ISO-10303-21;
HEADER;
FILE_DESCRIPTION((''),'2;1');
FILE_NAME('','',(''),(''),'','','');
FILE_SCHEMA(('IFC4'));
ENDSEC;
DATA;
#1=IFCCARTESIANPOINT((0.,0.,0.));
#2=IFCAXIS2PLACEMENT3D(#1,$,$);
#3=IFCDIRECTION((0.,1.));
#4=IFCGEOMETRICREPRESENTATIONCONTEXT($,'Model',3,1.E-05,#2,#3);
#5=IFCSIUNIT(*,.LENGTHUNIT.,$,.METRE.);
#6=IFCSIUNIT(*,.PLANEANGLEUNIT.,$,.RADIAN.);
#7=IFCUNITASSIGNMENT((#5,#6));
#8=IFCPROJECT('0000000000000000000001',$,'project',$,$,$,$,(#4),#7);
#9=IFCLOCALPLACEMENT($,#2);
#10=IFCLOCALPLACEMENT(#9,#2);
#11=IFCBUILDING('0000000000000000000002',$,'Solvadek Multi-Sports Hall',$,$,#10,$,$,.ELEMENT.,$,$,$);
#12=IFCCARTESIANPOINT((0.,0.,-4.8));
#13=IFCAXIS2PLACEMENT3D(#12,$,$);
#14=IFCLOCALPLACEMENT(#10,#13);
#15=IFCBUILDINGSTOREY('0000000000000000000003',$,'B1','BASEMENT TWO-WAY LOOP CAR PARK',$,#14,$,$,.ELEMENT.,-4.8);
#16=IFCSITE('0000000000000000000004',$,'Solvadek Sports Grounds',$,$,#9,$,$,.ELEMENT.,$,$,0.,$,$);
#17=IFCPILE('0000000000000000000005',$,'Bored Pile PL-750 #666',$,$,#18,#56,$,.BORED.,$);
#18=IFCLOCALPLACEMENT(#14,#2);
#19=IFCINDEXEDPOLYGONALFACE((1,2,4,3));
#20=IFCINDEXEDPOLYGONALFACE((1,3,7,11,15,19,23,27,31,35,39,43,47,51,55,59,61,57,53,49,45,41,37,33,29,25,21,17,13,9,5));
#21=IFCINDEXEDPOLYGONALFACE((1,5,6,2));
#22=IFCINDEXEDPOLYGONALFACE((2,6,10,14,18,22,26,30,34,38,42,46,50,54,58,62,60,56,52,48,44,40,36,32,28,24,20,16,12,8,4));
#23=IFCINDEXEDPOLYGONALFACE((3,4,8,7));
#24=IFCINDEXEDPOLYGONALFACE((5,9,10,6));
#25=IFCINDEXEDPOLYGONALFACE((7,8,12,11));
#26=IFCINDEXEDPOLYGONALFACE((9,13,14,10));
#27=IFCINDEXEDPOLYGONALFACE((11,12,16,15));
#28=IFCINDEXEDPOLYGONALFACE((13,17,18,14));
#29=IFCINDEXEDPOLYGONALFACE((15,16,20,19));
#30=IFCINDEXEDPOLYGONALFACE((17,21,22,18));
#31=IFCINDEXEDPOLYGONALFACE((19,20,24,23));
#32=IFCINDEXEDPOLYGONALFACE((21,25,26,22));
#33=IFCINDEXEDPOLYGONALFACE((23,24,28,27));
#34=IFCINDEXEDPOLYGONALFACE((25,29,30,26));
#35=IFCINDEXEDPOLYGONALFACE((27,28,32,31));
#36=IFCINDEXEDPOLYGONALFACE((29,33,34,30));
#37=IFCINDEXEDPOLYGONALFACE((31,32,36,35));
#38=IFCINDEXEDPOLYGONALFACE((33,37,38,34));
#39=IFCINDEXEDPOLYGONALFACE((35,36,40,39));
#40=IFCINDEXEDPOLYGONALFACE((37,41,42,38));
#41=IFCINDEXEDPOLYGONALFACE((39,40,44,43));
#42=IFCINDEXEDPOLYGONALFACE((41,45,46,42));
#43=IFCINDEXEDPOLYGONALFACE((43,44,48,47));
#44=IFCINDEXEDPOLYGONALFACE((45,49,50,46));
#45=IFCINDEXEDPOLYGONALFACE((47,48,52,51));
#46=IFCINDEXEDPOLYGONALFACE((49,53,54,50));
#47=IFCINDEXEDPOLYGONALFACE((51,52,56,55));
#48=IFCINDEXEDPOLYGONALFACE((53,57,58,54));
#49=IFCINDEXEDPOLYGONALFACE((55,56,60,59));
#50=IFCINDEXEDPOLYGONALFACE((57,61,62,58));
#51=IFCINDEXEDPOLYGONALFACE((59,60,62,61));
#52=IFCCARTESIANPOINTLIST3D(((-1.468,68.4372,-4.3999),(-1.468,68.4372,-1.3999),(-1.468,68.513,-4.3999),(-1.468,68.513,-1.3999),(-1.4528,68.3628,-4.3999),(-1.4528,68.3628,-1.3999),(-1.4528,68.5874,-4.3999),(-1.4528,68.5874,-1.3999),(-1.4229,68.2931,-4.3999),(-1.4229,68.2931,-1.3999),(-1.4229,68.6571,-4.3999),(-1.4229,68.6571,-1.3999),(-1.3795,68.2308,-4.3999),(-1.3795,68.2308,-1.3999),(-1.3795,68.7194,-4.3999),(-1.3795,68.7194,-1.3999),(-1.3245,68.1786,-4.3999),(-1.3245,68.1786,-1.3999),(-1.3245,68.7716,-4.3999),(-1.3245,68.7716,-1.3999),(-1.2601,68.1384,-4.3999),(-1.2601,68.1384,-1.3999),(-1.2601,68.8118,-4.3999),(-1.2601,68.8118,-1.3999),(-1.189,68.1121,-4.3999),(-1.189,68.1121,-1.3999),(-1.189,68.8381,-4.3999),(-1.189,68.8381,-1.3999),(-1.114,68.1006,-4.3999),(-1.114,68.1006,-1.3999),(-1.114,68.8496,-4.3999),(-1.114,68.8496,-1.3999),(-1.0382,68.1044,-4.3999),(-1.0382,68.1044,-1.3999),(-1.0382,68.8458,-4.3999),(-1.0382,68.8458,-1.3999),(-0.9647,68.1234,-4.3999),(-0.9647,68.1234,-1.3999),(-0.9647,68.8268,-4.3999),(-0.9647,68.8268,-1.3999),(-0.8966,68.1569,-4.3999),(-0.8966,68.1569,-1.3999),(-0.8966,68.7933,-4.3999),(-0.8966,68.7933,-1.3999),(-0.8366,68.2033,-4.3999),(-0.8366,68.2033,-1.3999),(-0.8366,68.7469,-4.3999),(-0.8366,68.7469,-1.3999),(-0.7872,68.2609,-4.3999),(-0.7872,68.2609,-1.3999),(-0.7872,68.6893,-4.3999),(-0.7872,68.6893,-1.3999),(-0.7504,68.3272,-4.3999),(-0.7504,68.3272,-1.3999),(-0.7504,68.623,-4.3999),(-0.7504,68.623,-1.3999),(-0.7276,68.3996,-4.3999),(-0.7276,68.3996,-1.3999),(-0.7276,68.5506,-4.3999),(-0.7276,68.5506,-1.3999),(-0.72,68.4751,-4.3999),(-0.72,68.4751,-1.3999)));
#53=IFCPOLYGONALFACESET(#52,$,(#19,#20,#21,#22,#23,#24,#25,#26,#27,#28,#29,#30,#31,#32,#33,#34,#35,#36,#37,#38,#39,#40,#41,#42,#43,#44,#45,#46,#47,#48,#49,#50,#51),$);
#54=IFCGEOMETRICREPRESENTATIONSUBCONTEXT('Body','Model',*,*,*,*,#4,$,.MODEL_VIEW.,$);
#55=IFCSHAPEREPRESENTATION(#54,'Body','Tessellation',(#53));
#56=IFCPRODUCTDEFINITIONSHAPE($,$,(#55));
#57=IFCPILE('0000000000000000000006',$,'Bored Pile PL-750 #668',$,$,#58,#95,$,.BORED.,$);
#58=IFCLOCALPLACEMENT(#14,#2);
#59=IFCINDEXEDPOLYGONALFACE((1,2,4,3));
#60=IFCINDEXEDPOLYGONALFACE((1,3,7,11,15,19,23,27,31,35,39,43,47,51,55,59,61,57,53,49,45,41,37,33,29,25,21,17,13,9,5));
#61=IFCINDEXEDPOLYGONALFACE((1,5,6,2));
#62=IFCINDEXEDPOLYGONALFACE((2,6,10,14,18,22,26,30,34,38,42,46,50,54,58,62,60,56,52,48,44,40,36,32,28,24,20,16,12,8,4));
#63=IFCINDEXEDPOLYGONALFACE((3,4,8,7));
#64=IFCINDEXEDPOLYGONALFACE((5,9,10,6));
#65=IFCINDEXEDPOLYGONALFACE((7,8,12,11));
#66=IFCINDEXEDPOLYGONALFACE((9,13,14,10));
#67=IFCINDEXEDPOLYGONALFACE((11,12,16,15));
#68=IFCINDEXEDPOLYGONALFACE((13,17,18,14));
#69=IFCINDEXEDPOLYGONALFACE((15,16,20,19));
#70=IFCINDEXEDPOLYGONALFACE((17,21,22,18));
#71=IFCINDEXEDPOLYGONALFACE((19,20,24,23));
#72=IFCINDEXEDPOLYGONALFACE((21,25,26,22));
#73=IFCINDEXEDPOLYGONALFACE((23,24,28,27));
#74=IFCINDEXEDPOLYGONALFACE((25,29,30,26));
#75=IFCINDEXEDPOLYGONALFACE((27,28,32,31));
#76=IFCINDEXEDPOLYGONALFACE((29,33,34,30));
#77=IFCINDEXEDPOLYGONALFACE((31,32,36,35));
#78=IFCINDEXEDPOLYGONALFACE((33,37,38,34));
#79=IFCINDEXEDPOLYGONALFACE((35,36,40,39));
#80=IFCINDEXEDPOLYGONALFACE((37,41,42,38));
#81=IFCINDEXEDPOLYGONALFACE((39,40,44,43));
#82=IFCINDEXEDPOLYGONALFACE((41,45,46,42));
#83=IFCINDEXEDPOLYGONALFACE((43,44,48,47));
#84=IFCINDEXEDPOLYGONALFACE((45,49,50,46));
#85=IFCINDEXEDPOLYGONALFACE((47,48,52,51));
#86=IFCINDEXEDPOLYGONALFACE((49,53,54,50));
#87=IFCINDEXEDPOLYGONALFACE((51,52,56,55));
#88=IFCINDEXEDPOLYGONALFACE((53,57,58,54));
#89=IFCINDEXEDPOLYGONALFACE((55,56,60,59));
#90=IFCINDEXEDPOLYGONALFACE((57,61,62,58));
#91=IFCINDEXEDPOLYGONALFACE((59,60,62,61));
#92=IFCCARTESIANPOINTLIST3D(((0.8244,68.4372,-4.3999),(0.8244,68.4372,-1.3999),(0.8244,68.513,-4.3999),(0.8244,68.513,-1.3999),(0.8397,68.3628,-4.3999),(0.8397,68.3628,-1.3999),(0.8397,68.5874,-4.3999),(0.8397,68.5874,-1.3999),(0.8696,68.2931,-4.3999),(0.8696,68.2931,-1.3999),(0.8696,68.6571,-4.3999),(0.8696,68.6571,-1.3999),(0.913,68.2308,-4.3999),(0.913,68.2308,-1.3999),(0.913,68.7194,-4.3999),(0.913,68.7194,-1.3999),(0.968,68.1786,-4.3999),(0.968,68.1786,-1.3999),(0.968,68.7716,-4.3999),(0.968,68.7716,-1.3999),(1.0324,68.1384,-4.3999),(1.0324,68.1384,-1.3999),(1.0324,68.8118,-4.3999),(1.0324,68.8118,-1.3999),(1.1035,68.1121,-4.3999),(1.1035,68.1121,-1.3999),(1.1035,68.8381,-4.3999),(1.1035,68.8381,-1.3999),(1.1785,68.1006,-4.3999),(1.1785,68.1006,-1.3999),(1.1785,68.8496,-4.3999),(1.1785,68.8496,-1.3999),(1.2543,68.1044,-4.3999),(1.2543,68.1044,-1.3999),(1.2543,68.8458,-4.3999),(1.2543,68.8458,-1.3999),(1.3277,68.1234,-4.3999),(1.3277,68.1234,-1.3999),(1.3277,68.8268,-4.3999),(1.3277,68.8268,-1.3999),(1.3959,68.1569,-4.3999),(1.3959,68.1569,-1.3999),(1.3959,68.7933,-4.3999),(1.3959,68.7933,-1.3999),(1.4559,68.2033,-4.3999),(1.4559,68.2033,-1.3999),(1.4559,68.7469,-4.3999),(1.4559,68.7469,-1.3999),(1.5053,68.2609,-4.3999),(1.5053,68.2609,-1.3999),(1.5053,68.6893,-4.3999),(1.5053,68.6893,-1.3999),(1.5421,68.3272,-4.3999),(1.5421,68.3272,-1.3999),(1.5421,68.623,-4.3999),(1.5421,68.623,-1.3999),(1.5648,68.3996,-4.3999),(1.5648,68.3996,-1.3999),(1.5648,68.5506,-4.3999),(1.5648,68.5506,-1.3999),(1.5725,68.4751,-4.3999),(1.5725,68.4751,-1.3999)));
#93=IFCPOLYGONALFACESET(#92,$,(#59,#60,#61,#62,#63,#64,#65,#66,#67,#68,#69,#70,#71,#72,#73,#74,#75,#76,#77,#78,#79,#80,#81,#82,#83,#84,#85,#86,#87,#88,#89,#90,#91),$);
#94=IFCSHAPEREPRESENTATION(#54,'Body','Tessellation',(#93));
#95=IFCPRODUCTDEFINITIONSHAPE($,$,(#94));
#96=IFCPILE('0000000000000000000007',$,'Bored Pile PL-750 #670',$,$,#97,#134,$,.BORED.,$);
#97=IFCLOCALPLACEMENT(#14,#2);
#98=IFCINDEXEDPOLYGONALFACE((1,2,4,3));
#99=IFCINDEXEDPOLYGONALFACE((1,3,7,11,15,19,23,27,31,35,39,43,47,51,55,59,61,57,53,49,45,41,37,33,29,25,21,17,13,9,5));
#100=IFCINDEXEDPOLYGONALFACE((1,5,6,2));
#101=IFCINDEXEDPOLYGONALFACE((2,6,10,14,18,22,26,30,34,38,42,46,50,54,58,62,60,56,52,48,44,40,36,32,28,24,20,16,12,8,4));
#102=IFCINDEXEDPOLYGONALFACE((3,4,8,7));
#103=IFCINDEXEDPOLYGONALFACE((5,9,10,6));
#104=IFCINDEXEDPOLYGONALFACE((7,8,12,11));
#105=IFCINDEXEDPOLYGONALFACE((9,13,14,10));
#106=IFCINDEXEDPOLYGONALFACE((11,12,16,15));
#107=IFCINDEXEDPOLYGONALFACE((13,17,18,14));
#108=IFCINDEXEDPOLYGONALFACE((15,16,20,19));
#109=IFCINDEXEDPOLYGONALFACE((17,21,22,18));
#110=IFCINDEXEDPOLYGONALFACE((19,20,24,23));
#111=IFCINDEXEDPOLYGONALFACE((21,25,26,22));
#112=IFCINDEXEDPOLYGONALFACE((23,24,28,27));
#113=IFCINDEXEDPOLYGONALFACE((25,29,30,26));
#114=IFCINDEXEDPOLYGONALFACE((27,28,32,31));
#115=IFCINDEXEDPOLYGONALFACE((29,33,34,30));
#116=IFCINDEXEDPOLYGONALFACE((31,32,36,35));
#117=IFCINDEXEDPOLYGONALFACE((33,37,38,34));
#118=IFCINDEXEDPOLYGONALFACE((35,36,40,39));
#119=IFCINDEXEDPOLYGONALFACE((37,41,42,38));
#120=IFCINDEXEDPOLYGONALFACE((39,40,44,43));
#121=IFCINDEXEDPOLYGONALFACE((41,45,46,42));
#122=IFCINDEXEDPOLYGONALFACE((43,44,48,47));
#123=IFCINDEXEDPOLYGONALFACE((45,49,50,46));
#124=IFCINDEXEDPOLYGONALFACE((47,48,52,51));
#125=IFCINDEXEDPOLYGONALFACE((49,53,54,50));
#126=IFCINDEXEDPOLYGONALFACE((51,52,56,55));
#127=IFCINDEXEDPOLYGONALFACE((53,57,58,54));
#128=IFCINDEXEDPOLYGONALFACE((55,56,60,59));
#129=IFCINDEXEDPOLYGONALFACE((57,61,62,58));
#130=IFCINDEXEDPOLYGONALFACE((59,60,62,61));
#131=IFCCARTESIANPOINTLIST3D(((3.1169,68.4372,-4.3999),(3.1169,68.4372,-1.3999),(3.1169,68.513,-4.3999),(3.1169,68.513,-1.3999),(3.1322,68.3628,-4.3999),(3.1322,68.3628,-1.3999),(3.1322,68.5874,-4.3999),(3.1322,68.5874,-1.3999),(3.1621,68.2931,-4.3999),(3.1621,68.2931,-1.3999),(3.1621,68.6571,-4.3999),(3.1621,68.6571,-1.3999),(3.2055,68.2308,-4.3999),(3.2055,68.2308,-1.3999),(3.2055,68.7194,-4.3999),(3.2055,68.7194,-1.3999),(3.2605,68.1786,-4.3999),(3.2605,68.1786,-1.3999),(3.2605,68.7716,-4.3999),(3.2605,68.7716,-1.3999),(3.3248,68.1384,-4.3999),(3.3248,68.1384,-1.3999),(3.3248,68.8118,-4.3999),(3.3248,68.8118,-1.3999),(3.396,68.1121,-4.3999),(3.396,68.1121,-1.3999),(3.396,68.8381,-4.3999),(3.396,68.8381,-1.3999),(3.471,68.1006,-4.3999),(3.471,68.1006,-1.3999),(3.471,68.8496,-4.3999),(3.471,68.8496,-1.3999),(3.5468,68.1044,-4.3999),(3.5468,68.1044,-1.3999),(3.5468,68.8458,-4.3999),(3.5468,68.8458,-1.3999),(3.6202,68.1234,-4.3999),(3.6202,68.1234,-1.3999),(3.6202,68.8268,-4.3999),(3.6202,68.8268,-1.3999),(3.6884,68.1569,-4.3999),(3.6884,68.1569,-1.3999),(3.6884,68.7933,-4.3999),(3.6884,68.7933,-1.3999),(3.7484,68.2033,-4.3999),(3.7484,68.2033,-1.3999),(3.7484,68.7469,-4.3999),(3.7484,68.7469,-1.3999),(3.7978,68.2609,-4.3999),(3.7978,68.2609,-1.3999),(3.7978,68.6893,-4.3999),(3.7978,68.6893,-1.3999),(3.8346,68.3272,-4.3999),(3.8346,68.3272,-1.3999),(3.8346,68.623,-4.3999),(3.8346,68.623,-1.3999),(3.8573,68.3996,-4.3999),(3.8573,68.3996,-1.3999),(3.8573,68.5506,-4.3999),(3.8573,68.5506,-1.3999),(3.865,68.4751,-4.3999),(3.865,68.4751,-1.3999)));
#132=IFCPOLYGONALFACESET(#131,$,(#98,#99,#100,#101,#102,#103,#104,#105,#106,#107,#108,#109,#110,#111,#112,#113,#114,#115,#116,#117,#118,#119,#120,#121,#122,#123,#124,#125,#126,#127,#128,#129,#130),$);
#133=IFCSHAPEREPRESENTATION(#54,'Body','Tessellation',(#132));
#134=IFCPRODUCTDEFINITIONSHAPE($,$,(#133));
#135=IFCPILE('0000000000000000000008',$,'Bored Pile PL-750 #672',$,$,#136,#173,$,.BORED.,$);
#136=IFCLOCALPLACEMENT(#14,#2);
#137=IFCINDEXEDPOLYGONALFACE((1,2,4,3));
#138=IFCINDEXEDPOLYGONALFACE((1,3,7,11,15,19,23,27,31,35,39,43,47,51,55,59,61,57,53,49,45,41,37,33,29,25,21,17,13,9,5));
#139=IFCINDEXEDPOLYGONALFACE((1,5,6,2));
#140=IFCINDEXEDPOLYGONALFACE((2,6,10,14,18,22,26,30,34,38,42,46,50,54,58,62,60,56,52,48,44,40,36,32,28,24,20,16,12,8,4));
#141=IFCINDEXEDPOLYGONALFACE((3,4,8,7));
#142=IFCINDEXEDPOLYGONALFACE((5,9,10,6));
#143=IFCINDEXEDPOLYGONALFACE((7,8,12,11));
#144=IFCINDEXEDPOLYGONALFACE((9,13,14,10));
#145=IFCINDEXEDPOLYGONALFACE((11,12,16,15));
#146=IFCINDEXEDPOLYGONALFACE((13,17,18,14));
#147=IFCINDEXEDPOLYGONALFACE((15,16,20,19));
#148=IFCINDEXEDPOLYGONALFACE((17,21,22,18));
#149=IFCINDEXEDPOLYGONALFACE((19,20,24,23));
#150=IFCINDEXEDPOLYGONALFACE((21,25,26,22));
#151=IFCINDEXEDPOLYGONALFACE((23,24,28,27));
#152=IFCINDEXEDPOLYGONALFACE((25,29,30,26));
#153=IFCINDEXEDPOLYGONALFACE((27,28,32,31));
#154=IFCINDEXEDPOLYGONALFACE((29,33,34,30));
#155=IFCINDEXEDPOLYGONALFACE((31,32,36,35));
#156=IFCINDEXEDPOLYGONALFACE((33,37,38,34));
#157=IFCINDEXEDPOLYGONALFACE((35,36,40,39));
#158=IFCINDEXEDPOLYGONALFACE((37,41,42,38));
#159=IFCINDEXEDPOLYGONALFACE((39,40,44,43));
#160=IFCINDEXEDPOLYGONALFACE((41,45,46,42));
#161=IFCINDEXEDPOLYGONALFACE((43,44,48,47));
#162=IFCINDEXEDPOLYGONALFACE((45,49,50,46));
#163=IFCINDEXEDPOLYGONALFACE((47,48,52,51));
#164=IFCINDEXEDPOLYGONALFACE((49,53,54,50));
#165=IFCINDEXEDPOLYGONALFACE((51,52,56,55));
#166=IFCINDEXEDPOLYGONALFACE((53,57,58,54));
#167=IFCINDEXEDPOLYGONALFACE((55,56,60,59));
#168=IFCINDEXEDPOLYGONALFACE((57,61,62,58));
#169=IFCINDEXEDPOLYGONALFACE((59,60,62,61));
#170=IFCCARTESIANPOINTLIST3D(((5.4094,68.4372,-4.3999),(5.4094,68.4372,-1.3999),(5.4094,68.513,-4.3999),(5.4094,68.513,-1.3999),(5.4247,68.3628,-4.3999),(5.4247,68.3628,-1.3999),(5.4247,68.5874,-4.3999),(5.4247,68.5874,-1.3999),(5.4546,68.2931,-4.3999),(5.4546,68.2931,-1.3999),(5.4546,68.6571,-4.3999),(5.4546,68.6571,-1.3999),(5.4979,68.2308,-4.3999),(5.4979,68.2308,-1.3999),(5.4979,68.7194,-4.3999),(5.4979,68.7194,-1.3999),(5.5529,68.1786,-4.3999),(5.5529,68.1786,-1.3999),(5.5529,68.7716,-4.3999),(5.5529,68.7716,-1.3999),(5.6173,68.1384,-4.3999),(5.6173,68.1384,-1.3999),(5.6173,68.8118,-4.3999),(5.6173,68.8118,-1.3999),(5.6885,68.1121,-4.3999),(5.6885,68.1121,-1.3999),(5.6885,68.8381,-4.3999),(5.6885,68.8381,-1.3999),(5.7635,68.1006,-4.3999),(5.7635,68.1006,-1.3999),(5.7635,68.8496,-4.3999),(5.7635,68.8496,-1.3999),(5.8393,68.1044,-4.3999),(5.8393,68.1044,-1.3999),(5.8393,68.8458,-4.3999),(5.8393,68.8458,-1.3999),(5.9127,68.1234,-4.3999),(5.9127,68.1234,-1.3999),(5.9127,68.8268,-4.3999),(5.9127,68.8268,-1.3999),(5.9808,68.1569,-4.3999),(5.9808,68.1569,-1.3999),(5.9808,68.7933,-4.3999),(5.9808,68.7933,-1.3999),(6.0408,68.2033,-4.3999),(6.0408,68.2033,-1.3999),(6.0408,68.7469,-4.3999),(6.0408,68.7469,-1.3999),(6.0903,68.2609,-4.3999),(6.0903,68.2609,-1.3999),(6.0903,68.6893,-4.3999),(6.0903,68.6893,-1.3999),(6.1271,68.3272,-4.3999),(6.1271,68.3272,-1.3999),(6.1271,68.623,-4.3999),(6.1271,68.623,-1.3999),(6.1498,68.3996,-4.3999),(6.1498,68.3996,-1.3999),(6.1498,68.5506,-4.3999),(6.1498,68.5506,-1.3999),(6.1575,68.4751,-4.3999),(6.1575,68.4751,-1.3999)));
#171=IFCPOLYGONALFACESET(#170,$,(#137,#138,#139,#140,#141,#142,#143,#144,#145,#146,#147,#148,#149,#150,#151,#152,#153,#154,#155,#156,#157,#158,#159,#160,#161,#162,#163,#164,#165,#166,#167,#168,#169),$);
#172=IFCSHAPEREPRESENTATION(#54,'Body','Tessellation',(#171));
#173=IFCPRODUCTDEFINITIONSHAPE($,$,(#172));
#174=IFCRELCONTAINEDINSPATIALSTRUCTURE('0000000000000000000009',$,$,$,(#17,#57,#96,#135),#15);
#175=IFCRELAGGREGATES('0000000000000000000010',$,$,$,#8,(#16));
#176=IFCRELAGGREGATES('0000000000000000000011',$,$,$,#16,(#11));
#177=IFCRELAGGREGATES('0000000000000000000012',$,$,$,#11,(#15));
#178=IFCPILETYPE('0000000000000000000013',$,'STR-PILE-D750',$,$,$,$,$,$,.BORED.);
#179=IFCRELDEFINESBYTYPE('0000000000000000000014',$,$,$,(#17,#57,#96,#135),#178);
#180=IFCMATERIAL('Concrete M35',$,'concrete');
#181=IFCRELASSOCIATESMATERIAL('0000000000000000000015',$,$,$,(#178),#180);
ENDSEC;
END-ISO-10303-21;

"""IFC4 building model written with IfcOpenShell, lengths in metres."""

from ifc_helpers import new_model, si_unit, direction, frame, origin, origin_2d, place, context, subcontext, project, spatial, circle, extrude, material, material_profile, profile_set, type_object, element, save


model = new_model("IFC4")

# Units and contexts
model_context = context("Model", 3, precision=1e-05, world=origin(), true_north=direction((0.0, 1.0)))
body_context = subcontext(model_context, "Body", "Model", "MODEL_VIEW")
ifc_project = project(units=[si_unit("LENGTHUNIT", "METRE"), si_unit("PLANEANGLEUNIT", "RADIAN")], contexts=[model_context])

# Site, building, storey
site_placement = place(None, origin())
site = spatial("IfcSite", under=ifc_project, at=site_placement, Name="Solvadek Sports Grounds", CompositionType="ELEMENT", RefElevation=0.0)
building_placement = place(site_placement, origin())
building = spatial("IfcBuilding", under=site, at=building_placement, Name="Solvadek Multi-Sports Hall", CompositionType="ELEMENT")
storey_placement = place(building_placement, frame((0.0, 0.0, -4.8)))
storey = spatial("IfcBuildingStorey", under=building, at=storey_placement, Name="B1", Description="BASEMENT TWO-WAY LOOP CAR PARK", CompositionType="ELEMENT", Elevation=-4.8)

# Piles
ifc_material_1 = material(Name="Concrete M35", Category="concrete")
ifc_material_profile_1 = material_profile(ifc_material_1, circle(Radius=0.375, at=origin_2d()), Name="BORED PILE D750")
ifc_profile_set_1 = profile_set([ifc_material_profile_1], Name="Concrete M35")
pile_type_1 = type_object("IfcPileType", Name="STR-PILE-D750", PredefinedType="BORED", material=ifc_profile_set_1)
for number, where, z_axis, x_axis, name in (
    (1, (-1.095, 68.4751, -1.3999), (0.0, 0.0, -1.0), (1.0, 0.0, 0.0), "Bored Pile PL-750 #666"),
    (2, (1.1975, 68.4751, -1.3999), (0.0, 0.0, -1.0), (1.0, 0.0, 0.0), "Bored Pile PL-750 #668"),
    (3, (3.49, 68.4751, -1.3999), (0.0, 0.0, -1.0), (1.0, 0.0, 0.0), "Bored Pile PL-750 #670"),
    (4, (5.7825, 68.4751, -1.3999), (0.0, 0.0, -1.0), (1.0, 0.0, 0.0), "Bored Pile PL-750 #672"),
):
    element("IfcPile", number, at=place(storey_placement, frame(where, z_axis=z_axis, x_axis=x_axis)), inside=storey, type_object=pile_type_1, Name=name, PredefinedType="BORED", context=body_context, shape_type="SweptSolid", body=[
        extrude(circle(Radius=0.375, at=origin_2d()), origin(), (0.0, 0.0, 1.0), 3.0),
    ])

save(model, "model.ifc")
